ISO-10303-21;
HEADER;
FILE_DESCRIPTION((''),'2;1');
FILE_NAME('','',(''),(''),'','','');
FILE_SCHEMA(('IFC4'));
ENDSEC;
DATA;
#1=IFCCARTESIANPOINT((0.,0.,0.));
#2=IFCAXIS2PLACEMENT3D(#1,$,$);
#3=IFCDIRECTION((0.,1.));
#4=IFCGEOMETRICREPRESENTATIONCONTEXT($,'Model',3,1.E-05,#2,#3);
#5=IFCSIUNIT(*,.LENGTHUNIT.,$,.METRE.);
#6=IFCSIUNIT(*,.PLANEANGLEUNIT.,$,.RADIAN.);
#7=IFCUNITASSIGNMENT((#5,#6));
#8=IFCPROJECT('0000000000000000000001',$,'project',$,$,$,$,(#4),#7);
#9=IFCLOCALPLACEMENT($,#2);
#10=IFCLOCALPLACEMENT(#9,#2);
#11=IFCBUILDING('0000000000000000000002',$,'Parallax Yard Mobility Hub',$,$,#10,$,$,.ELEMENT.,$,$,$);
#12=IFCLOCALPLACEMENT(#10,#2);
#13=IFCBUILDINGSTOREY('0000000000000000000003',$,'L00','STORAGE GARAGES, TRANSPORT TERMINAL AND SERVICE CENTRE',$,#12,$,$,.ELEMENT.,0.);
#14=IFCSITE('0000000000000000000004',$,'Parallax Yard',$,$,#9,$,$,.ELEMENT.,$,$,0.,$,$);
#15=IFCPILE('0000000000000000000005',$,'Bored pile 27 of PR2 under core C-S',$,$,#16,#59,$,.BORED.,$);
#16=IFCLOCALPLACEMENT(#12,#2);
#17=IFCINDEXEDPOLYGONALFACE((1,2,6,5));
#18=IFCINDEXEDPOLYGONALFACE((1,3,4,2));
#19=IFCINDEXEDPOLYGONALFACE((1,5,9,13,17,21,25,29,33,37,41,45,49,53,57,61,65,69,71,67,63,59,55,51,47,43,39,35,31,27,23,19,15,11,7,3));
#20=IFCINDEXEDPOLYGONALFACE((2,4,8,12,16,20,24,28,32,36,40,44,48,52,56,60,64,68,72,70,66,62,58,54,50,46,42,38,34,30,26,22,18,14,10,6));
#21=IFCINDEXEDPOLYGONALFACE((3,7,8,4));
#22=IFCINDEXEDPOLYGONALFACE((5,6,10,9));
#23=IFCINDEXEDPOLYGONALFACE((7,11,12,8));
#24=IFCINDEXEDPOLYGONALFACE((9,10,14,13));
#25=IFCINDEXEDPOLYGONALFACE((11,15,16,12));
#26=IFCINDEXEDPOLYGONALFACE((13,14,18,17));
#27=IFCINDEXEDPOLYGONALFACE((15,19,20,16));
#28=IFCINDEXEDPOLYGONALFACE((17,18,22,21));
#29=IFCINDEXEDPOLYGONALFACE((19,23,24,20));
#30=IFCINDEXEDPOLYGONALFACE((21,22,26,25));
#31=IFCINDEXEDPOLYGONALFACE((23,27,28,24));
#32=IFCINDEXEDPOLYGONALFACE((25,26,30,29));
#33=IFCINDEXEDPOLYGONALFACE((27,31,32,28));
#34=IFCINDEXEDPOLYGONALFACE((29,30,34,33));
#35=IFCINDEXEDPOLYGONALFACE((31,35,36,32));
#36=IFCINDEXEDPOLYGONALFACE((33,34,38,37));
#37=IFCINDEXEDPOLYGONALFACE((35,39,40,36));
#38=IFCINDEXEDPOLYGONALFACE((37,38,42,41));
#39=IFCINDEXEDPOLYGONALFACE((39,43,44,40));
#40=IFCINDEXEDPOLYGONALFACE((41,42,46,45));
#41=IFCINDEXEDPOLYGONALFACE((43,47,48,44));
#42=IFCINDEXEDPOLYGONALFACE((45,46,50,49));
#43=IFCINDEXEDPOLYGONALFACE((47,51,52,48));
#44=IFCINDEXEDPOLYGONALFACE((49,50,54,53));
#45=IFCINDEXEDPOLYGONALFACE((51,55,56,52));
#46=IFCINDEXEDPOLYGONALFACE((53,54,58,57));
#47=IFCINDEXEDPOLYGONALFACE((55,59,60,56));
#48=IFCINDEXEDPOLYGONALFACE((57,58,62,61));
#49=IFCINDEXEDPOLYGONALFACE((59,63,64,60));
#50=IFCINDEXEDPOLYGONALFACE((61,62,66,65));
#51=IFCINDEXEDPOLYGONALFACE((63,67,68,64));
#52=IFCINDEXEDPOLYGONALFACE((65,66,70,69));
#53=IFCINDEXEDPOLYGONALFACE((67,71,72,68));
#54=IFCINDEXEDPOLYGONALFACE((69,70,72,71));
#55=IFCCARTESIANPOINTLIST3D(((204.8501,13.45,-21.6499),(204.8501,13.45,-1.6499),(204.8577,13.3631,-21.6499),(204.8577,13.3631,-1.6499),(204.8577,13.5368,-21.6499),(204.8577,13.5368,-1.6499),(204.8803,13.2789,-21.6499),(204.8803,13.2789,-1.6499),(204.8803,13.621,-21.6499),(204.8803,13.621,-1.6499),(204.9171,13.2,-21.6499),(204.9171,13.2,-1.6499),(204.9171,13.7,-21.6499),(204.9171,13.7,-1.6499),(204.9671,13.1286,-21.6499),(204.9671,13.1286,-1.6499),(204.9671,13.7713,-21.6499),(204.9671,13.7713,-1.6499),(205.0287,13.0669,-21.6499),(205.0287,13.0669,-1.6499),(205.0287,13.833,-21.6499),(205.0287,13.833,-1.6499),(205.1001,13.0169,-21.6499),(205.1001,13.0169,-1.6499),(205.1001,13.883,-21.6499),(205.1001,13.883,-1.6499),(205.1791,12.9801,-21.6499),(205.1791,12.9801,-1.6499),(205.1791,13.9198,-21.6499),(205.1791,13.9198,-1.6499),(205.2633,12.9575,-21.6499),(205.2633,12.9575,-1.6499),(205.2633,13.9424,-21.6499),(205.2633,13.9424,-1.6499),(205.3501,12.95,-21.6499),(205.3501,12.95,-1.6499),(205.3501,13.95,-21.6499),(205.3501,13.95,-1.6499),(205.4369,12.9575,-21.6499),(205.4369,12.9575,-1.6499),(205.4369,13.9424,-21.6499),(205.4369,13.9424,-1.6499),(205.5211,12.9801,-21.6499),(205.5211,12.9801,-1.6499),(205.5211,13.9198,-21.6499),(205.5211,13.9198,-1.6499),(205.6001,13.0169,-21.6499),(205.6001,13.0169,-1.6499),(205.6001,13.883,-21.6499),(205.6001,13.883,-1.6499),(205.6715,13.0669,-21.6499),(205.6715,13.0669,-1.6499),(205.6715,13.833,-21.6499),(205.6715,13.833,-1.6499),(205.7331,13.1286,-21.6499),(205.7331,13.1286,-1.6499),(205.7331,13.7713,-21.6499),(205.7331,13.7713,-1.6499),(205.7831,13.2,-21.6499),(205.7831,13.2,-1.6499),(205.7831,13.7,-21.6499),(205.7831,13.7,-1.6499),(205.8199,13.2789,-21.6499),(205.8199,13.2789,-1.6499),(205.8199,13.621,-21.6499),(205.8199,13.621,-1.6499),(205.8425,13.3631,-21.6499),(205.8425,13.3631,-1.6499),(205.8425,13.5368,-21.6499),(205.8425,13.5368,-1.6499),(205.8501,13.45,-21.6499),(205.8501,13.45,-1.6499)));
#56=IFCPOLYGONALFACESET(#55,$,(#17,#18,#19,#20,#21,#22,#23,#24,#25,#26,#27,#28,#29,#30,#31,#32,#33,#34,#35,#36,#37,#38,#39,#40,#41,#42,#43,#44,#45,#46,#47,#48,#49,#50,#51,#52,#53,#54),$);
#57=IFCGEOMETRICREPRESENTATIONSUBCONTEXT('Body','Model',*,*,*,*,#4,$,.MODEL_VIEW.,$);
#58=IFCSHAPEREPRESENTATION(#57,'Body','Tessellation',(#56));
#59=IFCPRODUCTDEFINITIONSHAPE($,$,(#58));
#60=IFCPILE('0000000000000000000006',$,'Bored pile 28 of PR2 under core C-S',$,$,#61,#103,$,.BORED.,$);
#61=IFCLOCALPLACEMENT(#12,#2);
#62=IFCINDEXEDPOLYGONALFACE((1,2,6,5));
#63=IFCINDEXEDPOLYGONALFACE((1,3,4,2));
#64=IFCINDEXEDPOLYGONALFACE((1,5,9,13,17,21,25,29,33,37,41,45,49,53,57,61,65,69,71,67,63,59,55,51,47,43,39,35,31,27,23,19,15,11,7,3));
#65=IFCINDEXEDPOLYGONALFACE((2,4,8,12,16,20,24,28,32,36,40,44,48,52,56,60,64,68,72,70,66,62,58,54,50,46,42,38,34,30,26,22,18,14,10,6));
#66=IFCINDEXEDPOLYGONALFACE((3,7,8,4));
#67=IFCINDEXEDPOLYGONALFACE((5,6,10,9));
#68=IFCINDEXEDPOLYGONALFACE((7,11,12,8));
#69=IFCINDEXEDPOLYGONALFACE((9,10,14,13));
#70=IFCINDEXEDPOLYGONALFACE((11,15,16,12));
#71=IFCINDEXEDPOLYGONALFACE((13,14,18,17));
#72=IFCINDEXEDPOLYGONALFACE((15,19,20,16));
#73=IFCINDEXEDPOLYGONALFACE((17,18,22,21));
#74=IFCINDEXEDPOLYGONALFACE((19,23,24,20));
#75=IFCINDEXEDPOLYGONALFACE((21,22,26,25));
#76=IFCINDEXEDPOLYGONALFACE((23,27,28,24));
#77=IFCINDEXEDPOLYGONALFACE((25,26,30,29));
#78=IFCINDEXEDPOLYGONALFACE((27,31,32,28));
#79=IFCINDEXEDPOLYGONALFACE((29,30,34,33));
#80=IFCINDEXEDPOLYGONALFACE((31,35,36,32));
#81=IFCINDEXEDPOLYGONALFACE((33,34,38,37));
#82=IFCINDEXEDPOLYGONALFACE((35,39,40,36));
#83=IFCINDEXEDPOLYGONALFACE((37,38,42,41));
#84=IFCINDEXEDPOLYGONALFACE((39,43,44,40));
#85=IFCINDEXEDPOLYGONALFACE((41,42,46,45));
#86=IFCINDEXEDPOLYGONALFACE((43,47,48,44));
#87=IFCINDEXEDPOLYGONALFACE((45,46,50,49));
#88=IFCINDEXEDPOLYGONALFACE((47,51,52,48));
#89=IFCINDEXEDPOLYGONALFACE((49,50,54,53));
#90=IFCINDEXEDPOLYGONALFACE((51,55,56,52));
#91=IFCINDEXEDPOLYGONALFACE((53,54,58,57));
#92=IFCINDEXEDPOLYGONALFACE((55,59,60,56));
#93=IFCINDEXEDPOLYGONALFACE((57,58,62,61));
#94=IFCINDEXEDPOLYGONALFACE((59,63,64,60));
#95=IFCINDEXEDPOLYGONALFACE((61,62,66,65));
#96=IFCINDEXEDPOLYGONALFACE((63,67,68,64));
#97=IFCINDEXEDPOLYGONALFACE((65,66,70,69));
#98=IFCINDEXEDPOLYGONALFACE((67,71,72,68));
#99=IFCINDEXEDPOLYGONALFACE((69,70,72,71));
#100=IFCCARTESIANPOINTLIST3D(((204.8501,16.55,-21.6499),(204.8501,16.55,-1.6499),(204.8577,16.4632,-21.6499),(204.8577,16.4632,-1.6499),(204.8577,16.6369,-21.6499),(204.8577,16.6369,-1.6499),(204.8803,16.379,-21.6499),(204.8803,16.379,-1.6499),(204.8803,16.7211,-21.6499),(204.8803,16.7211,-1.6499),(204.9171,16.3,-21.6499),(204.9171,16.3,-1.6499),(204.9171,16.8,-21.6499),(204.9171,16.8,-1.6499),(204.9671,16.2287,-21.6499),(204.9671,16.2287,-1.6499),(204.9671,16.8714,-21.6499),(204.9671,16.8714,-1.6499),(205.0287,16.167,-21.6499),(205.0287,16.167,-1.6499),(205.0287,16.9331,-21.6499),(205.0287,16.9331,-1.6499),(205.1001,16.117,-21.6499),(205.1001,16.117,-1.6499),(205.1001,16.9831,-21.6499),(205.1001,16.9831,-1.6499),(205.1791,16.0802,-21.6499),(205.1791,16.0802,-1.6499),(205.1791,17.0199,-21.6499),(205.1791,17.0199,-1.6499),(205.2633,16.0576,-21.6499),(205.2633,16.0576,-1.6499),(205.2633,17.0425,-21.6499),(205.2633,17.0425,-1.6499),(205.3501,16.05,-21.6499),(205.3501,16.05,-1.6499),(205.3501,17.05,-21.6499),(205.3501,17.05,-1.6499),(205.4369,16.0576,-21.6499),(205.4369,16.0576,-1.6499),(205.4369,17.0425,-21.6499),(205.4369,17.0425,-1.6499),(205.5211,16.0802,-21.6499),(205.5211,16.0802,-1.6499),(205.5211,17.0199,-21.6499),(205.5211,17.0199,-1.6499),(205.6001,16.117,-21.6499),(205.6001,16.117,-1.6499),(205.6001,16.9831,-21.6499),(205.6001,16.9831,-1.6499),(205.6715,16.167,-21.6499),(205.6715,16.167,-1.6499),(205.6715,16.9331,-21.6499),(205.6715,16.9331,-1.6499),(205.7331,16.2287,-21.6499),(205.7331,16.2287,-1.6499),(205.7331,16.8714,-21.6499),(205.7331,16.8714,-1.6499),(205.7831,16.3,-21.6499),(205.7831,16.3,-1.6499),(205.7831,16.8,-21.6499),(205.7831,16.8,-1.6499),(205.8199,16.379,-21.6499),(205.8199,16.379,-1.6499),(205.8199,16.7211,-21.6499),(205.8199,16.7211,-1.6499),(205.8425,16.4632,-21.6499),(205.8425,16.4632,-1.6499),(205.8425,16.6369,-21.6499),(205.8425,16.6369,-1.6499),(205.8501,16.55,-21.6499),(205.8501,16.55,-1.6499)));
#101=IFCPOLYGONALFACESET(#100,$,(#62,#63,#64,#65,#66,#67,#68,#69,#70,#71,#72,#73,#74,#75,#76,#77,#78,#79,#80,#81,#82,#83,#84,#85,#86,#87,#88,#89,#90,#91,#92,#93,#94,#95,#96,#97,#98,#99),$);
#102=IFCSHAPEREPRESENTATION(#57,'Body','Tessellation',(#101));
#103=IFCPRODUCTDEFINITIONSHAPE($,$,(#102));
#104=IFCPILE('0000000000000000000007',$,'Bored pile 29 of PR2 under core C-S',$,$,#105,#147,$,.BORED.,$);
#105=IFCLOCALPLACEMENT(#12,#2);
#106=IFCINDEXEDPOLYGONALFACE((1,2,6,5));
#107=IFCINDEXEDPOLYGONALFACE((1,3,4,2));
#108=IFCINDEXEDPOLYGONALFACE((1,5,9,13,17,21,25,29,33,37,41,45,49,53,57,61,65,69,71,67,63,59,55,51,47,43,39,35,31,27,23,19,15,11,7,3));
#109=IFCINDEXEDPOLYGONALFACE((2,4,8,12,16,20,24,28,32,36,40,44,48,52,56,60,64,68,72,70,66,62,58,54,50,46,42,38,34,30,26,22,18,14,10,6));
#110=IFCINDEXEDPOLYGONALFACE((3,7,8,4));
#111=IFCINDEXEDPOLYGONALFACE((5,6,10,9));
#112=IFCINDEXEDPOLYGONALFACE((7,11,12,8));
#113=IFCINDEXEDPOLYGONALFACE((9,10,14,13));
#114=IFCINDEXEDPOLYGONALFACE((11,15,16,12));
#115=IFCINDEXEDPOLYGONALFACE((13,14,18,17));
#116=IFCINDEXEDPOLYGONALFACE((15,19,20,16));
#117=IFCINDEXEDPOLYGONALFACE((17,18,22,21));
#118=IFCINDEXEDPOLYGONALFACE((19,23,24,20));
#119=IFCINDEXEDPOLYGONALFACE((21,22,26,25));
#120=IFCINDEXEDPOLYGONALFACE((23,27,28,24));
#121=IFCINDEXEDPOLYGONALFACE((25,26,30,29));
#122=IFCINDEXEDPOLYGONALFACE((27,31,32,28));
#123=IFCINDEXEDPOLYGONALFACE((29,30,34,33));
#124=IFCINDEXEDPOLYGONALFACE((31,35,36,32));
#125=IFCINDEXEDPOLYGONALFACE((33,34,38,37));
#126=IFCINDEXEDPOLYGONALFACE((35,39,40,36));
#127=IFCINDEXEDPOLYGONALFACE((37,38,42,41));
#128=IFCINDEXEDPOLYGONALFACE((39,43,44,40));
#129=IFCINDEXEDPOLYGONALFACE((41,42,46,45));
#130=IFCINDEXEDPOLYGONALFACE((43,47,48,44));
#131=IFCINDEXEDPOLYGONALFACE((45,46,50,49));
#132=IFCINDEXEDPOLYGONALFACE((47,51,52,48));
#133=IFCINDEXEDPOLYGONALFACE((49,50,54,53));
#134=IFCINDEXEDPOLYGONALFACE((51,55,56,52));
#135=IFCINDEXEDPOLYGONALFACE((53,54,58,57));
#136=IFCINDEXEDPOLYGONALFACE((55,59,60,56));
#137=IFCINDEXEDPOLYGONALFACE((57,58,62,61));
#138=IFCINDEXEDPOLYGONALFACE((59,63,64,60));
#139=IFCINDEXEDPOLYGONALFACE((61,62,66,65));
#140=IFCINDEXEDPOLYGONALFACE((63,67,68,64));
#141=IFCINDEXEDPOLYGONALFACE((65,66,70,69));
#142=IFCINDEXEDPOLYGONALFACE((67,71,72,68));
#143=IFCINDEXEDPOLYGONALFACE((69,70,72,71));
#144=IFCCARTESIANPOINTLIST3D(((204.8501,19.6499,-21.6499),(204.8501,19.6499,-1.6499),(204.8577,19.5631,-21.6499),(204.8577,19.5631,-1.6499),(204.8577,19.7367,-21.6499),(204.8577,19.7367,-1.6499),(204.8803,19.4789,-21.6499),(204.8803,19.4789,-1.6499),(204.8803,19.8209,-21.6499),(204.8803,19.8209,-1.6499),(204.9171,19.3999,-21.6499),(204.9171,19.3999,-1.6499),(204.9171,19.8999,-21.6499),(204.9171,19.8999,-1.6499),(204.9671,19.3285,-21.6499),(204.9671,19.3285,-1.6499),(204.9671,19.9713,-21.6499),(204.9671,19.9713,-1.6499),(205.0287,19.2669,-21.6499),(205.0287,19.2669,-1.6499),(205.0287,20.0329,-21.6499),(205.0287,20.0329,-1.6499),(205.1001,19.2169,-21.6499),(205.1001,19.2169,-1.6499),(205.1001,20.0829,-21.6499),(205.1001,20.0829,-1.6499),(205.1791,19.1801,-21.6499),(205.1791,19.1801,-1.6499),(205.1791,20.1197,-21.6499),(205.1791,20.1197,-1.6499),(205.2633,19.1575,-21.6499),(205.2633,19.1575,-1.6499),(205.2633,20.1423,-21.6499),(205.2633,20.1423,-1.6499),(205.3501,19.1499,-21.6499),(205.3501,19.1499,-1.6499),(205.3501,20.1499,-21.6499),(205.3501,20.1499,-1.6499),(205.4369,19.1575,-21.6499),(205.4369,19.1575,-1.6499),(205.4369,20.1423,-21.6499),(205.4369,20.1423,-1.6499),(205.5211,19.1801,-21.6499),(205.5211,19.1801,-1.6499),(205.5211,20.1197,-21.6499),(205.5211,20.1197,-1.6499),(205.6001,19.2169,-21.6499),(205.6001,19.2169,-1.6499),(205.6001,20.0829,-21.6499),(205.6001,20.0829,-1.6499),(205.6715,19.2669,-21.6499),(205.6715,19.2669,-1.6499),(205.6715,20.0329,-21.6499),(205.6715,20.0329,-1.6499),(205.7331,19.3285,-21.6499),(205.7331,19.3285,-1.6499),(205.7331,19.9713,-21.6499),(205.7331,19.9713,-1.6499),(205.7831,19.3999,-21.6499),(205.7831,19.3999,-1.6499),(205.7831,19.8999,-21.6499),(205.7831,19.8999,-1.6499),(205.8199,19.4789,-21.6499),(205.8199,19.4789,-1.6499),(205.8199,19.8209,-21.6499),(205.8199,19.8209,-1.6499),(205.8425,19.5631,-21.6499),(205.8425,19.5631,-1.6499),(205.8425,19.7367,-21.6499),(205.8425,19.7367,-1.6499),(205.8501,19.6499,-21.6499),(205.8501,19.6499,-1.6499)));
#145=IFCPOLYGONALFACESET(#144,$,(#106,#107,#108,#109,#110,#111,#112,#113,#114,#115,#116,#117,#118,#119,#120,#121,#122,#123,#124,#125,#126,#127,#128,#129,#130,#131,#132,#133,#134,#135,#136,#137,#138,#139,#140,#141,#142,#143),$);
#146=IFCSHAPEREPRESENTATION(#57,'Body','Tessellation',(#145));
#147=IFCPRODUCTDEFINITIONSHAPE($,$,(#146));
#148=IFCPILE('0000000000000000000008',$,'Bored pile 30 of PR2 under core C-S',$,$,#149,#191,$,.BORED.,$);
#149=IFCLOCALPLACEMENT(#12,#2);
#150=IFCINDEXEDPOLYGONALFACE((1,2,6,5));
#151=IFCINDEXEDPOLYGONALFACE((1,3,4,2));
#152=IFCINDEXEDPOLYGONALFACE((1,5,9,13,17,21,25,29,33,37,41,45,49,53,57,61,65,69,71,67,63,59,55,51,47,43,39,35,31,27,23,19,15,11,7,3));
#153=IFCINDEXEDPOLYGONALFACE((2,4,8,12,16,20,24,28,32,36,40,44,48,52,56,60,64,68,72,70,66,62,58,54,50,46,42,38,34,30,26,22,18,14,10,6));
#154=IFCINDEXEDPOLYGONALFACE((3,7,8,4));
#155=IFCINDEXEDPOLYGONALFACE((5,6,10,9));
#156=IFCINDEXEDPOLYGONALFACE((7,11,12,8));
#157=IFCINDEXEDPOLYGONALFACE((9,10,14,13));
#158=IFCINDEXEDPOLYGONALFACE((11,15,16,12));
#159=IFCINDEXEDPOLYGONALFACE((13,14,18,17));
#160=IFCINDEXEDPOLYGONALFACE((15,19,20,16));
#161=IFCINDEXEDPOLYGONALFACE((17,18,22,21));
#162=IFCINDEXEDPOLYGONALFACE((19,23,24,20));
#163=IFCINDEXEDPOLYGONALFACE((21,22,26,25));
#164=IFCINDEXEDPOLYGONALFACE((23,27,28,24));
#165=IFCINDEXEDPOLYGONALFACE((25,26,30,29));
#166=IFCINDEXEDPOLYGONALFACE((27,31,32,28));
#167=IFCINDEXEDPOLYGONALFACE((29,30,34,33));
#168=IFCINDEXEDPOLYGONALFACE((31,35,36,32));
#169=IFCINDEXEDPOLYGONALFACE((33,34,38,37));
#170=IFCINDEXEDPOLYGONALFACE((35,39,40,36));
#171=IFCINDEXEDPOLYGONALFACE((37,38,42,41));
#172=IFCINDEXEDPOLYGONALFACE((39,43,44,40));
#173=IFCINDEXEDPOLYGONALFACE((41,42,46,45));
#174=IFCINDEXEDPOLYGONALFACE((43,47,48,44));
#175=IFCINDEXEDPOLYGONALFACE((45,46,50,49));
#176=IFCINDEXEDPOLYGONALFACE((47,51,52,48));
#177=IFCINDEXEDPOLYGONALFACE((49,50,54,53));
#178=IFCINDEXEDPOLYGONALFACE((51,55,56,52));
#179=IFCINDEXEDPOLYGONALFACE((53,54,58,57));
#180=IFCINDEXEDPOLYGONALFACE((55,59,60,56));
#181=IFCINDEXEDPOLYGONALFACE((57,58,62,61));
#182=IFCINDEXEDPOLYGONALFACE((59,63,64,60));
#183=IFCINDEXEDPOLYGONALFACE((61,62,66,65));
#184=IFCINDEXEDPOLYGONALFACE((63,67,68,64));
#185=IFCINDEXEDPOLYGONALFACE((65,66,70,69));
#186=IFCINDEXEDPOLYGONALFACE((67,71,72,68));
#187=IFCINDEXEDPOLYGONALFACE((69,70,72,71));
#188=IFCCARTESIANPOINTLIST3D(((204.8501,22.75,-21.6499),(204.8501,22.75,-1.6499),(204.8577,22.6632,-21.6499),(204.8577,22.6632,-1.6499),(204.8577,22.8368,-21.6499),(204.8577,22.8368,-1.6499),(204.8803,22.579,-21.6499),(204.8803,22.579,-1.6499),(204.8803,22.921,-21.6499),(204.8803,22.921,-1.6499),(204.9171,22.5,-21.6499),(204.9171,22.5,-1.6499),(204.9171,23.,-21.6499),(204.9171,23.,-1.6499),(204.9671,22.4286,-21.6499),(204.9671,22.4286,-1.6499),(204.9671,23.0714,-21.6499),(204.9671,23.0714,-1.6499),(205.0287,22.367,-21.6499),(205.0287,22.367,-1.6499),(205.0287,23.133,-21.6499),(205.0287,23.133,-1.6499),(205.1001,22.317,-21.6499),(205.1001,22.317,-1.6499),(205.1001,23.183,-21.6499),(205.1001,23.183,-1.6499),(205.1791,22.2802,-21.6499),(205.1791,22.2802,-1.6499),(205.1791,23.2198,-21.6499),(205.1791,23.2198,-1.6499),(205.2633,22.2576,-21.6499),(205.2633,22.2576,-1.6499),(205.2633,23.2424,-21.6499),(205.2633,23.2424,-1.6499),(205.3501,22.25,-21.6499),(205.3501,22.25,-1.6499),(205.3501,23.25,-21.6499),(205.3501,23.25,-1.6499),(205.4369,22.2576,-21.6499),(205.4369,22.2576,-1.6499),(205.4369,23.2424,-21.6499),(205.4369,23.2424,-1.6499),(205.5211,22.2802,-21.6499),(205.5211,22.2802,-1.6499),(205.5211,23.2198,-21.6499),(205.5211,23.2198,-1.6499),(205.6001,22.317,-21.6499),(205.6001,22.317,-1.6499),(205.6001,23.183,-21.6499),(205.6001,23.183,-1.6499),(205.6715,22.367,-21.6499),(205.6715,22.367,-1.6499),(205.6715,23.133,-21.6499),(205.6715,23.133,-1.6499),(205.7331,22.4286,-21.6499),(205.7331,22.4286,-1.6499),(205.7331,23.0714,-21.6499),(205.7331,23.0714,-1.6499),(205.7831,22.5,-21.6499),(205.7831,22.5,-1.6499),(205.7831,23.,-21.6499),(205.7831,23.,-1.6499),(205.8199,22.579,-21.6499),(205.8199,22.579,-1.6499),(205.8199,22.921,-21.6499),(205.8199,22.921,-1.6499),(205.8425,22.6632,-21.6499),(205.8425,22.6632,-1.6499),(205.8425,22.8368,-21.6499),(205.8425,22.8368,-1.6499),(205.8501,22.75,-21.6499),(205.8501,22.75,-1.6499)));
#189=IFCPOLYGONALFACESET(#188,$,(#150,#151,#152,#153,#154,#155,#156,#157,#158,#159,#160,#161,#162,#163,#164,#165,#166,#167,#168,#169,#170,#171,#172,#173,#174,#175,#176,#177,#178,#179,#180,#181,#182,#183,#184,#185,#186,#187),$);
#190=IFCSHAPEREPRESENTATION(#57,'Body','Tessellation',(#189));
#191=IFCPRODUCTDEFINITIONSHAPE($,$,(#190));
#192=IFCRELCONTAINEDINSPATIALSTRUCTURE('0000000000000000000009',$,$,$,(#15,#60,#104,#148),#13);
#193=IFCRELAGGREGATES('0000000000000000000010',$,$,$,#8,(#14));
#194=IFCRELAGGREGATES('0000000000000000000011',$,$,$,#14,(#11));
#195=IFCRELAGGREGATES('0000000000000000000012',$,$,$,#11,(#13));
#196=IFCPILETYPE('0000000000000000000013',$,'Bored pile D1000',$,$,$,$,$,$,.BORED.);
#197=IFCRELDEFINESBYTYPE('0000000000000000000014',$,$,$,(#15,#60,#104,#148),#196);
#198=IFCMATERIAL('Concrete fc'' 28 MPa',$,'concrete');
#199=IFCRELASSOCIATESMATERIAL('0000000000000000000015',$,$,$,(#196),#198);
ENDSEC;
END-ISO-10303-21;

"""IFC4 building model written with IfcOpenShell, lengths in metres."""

from ifc_helpers import new_model, si_unit, direction, frame, origin, origin_2d, place, context, subcontext, project, spatial, circle, extrude, material, material_profile, profile_set, type_object, element, save


model = new_model("IFC4")

# Units and contexts
model_context = context("Model", 3, precision=1e-05, world=origin(), true_north=direction((0.0, 1.0)))
body_context = subcontext(model_context, "Body", "Model", "MODEL_VIEW")
ifc_project = project(units=[si_unit("LENGTHUNIT", "METRE"), si_unit("PLANEANGLEUNIT", "RADIAN")], contexts=[model_context])

# Site, building, storey
site_placement = place(None, origin())
site = spatial("IfcSite", under=ifc_project, at=site_placement, Name="Parallax Yard", CompositionType="ELEMENT", RefElevation=0.0)
building_placement = place(site_placement, origin())
building = spatial("IfcBuilding", under=site, at=building_placement, Name="Parallax Yard Mobility Hub", CompositionType="ELEMENT")
storey_placement = place(building_placement, origin())
storey = spatial("IfcBuildingStorey", under=building, at=storey_placement, Name="L00", Description="STORAGE GARAGES, TRANSPORT TERMINAL AND SERVICE CENTRE", CompositionType="ELEMENT", Elevation=0.0)

# Piles
ifc_material_1 = material(Name="Concrete fc' 28 MPa", Category="concrete")
ifc_material_profile = material_profile(ifc_material_1, circle(Radius=0.5, at=origin_2d()), Name="Bored pile D1000")
ifc_profile_set = profile_set([ifc_material_profile], Name="Concrete fc' 28 MPa")
pile_type = type_object("IfcPileType", Name="Bored pile D1000", PredefinedType="BORED", material=ifc_profile_set)
for number, where, z_axis, x_axis, name in (
    (1, (205.3501, 13.45, -1.6499), (0.0, 0.0, -1.0), (1.0, 0.0, 0.0), "Bored pile 27 of PR2 under core C-S"),
    (2, (205.3501, 16.55, -1.6499), (0.0, 0.0, -1.0), (1.0, 0.0, 0.0), "Bored pile 28 of PR2 under core C-S"),
    (3, (205.3501, 19.6499, -1.6499), (0.0, 0.0, -1.0), (1.0, 0.0, 0.0), "Bored pile 29 of PR2 under core C-S"),
    (4, (205.3501, 22.75, -1.6499), (0.0, 0.0, -1.0), (1.0, 0.0, 0.0), "Bored pile 30 of PR2 under core C-S"),
):
    element("IfcPile", number, at=place(storey_placement, frame(where, z_axis=z_axis, x_axis=x_axis)), inside=storey, type_object=pile_type, Name=name, PredefinedType="BORED", context=body_context, shape_type="SweptSolid", body=[
        extrude(circle(Radius=0.5, at=origin_2d()), origin(), (0.0, 0.0, 1.0), 20.0),
    ])

save(model, "model.ifc")
